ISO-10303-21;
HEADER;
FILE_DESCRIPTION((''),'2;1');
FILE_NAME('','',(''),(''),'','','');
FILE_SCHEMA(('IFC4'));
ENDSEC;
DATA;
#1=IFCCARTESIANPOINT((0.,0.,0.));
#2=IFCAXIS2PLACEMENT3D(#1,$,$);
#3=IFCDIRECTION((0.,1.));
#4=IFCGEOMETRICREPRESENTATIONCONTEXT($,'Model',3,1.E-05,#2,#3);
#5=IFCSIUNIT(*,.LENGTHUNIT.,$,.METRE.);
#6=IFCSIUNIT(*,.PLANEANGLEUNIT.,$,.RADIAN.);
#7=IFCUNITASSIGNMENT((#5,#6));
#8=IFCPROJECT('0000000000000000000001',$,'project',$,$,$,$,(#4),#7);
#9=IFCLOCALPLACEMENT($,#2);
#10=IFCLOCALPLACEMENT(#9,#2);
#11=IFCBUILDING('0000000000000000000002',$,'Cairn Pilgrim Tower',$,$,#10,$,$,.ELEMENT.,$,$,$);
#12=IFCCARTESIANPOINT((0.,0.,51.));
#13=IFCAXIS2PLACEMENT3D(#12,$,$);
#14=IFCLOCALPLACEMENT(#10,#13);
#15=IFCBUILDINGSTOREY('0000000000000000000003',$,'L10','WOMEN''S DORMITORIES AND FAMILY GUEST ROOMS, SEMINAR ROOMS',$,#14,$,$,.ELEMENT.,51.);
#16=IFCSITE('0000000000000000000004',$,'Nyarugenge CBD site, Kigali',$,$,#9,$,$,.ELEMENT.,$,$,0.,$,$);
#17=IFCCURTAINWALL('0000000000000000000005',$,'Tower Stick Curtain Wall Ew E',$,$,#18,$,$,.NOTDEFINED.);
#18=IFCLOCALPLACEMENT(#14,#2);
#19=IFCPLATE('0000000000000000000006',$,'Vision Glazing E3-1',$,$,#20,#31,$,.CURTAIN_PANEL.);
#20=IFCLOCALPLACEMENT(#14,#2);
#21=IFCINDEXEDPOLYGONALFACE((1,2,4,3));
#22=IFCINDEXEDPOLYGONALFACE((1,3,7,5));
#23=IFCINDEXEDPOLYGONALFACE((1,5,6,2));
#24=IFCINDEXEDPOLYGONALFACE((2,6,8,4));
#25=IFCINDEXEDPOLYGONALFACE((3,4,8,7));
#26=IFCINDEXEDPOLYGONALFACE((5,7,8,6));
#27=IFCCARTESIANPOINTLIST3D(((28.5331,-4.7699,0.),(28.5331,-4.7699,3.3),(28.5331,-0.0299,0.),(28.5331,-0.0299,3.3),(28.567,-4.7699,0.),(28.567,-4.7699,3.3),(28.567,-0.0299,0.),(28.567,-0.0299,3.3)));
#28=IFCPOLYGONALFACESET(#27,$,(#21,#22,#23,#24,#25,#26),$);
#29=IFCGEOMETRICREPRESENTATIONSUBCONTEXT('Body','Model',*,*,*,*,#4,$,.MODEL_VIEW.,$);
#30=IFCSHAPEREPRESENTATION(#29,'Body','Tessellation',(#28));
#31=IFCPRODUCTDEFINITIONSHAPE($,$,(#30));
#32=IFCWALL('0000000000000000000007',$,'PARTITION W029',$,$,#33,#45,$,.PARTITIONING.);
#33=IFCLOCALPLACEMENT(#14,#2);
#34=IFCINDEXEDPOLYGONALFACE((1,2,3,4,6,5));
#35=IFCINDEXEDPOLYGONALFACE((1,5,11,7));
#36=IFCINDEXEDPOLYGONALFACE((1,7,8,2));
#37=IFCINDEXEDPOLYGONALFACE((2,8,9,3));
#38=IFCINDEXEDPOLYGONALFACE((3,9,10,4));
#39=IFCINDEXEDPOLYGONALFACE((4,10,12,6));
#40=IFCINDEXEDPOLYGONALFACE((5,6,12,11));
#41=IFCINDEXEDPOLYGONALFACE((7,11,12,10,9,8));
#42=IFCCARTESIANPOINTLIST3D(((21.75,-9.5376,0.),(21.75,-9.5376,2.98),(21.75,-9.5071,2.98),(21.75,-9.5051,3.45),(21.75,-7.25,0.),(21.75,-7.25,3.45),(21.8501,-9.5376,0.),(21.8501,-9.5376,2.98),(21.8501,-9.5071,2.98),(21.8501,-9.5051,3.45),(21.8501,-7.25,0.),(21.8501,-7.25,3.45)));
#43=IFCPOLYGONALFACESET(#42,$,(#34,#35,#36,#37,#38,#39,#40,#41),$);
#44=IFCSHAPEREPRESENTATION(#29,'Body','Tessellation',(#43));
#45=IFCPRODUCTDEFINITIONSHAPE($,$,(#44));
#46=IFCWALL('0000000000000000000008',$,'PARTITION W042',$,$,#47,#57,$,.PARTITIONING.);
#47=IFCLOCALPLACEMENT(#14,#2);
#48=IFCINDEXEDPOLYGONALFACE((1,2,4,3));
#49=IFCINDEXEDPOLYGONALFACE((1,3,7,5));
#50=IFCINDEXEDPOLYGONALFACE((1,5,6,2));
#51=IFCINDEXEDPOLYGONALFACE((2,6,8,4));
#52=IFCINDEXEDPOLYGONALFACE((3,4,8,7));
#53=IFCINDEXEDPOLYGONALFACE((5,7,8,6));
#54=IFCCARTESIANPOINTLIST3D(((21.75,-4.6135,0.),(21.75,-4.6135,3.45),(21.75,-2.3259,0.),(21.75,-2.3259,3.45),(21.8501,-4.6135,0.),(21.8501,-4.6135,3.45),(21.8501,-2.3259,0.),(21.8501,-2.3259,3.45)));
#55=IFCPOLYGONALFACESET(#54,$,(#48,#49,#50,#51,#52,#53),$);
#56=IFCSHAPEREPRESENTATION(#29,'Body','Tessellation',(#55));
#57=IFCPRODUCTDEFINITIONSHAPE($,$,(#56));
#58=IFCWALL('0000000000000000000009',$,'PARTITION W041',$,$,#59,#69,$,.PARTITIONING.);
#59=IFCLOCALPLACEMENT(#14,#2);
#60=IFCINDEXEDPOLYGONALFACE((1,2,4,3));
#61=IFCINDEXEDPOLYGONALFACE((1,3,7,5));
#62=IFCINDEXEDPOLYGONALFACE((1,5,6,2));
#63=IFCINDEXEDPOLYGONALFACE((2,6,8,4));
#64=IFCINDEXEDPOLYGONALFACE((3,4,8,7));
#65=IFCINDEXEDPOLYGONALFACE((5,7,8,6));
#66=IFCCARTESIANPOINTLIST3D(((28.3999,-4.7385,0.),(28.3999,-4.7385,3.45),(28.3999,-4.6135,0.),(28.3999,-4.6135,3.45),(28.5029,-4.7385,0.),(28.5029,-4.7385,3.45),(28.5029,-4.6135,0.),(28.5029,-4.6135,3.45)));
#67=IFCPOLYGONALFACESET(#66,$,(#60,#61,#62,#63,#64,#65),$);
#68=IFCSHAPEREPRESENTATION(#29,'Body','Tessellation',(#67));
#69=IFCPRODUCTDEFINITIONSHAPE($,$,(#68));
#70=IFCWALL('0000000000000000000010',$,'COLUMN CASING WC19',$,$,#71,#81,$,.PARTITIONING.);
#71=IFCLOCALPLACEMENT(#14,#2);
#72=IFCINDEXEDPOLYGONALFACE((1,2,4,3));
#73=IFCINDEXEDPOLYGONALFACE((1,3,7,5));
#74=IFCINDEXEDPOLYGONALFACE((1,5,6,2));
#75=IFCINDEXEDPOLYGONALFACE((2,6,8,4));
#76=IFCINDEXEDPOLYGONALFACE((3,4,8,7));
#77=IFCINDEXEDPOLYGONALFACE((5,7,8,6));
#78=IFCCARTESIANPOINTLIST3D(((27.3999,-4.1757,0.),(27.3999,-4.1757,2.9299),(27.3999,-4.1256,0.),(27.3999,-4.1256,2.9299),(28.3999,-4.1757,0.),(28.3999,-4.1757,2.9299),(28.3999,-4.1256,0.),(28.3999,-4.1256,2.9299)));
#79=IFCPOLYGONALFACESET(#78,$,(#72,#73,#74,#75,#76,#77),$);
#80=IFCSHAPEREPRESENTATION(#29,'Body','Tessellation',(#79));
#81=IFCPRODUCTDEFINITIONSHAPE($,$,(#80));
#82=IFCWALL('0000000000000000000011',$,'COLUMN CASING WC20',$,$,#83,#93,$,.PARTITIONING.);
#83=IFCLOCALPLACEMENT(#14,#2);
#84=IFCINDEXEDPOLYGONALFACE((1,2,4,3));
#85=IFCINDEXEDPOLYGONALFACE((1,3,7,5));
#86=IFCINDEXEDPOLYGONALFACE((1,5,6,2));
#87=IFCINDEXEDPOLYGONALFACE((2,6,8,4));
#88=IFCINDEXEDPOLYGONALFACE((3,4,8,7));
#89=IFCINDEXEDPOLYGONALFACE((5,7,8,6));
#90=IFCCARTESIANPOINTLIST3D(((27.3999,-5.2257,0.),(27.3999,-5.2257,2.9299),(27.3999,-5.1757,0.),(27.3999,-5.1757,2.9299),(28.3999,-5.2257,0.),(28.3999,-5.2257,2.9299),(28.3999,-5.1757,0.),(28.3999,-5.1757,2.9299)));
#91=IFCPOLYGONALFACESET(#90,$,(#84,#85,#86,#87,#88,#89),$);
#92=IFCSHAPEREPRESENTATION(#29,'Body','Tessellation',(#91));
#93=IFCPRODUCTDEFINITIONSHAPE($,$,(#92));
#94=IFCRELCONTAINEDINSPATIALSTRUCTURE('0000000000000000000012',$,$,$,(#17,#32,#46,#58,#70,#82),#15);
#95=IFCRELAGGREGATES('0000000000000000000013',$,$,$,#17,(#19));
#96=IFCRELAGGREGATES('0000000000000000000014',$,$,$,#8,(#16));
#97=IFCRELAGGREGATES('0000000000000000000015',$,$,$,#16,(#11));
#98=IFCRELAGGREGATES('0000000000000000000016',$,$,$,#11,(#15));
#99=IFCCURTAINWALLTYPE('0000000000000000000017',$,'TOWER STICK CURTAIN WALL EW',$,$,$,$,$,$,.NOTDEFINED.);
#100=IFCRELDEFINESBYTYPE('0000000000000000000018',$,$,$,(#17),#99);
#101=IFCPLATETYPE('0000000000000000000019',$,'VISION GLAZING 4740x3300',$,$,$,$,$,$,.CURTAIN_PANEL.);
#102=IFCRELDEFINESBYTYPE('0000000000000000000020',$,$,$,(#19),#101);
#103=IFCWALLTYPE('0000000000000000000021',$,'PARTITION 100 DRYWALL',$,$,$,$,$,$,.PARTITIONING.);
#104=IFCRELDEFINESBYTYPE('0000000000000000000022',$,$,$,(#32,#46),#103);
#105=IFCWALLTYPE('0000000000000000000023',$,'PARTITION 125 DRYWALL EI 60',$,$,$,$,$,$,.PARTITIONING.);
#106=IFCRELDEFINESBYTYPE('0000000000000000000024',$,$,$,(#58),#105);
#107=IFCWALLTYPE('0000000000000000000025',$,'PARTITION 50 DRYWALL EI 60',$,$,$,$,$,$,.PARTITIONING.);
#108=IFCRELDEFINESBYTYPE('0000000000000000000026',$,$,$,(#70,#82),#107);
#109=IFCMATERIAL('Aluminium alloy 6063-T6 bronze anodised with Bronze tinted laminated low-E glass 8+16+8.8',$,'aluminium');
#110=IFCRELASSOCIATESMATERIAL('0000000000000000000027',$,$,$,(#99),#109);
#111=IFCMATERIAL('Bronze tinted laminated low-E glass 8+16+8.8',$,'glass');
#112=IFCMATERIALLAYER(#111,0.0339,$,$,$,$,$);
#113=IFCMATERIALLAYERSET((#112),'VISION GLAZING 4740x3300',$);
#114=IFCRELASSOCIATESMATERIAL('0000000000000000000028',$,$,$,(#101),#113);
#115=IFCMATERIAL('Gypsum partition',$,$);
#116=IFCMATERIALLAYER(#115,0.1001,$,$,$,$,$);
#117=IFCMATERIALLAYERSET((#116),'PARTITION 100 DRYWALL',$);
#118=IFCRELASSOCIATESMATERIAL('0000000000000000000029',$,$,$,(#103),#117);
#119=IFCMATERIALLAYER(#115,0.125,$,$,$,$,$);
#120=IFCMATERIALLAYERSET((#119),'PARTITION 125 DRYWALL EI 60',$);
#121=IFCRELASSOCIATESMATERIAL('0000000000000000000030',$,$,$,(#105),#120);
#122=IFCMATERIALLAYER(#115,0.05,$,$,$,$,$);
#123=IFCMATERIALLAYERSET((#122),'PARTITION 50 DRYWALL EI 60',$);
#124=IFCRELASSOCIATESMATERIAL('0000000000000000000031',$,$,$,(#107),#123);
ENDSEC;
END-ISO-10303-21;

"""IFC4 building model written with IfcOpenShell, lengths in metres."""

from ifc_helpers import new_model, si_unit, direction, frame, frame_2d, origin, origin_2d, place, context, subcontext, project, spatial, polyline, rectangle, outline, extrude, material, layer, layer_set, type_object, element, aggregate, save


model = new_model("IFC4")

# Units and contexts
model_context = context("Model", 3, precision=1e-05, world=origin(), true_north=direction((0.0, 1.0)))
body_context = subcontext(model_context, "Body", "Model", "MODEL_VIEW")
ifc_project = project(units=[si_unit("LENGTHUNIT", "METRE"), si_unit("PLANEANGLEUNIT", "RADIAN")], contexts=[model_context])

# Site, building, storey
site_placement = place(None, origin())
site = spatial("IfcSite", under=ifc_project, at=site_placement, Name="Nyarugenge CBD site, Kigali", CompositionType="ELEMENT", RefElevation=0.0)
building_placement = place(site_placement, origin())
building = spatial("IfcBuilding", under=site, at=building_placement, Name="Cairn Pilgrim Tower", CompositionType="ELEMENT")
storey_placement = place(building_placement, frame((0.0, 0.0, 51.0)))
storey = spatial("IfcBuildingStorey", under=building, at=storey_placement, Name="L10", Description="WOMEN'S DORMITORIES AND FAMILY GUEST ROOMS, SEMINAR ROOMS", CompositionType="ELEMENT", Elevation=51.0)

# Curtain wall
ifc_material_1 = material(Name="Aluminium alloy 6063-T6 bronze anodised with Bronze tinted laminated low-E glass 8+16+8.8", Category="aluminium")
curtain_wall_type = type_object("IfcCurtainWallType", Name="TOWER STICK CURTAIN WALL EW", PredefinedType="NOTDEFINED", material=ifc_material_1)
curtain_wall_placement = place(storey_placement, origin())
curtain_wall = element("IfcCurtainWall", 1, at=curtain_wall_placement, inside=storey, type_object=curtain_wall_type, Name="Tower Stick Curtain Wall Ew E", PredefinedType="NOTDEFINED")

# Plate
ifc_material_2 = material(Name="Bronze tinted laminated low-E glass 8+16+8.8", Category="glass")
ifc_layer_1 = layer(ifc_material_2, 0.0339)
ifc_layer_set_1 = layer_set([ifc_layer_1], Name="VISION GLAZING 4740x3300")
plate_type = type_object("IfcPlateType", Name="VISION GLAZING 4740x3300", PredefinedType="CURTAIN_PANEL", material=ifc_layer_set_1)
plate_placement = place(storey_placement, frame((28.55, -2.3999, 0.0), z_axis=(0.0, 0.0, 1.0), x_axis=(0.0, 1.0, 0.0)))
plate = element("IfcPlate", 2, at=plate_placement, type_object=plate_type, Name="Vision Glazing E3-1", PredefinedType="CURTAIN_PANEL", context=body_context, shape_type="SweptSolid", body=[
    extrude(rectangle(XDim=4.74, YDim=0.0339, at=origin_2d()), origin(), (0.0, 0.0, 1.0), 3.3),
])
aggregate(curtain_wall, [plate])

# Walls
ifc_material_3 = material(Name="Gypsum partition")
ifc_layer_2 = layer(ifc_material_3, 0.1001)
ifc_layer_set_2 = layer_set([ifc_layer_2], Name="PARTITION 100 DRYWALL")
wall_type_1 = type_object("IfcWallType", Name="PARTITION 100 DRYWALL", PredefinedType="PARTITIONING", material=ifc_layer_set_2)
wall_1_placement = place(storey_placement, frame((21.8, -9.5376, 0.0), z_axis=(0.0, 0.0, 1.0), x_axis=(0.0, 1.0, 0.0)))
element("IfcWall", 3, at=wall_1_placement, inside=storey, type_object=wall_type_1, Name="PARTITION W029", PredefinedType="PARTITIONING", context=body_context, shape_type="SweptSolid", body=[
    extrude(outline(polyline([(0.0, 0.0), (2.2876, 0.0), (2.2876, 3.45), (0.0325, 3.45), (0.0305, 2.98), (0.0, 2.98), (0.0, 0.0)])), frame((0.0, 0.05, 0.0), z_axis=(0.0, -1.0, 0.0), x_axis=(1.0, 0.0, 0.0)), (0.0, 0.0, 1.0), 0.1001),
])
wall_2_placement = place(storey_placement, frame((21.8, -4.6135, 0.0), z_axis=(0.0, 0.0, 1.0), x_axis=(0.0, 1.0, 0.0)))
element("IfcWall", 4, at=wall_2_placement, inside=storey, type_object=wall_type_1, Name="PARTITION W042", PredefinedType="PARTITIONING", context=body_context, shape_type="SweptSolid", body=[
    extrude(rectangle(XDim=2.2876, YDim=0.1001, at=frame_2d((1.1438, 0.0))), origin(), (0.0, 0.0, 1.0), 3.45),
])
ifc_layer_3 = layer(ifc_material_3, 0.125)
ifc_layer_set_3 = layer_set([ifc_layer_3], Name="PARTITION 125 DRYWALL EI 60")
wall_type_2 = type_object("IfcWallType", Name="PARTITION 125 DRYWALL EI 60", PredefinedType="PARTITIONING", material=ifc_layer_set_3)
wall_3_placement = place(storey_placement, frame((28.3999, -4.676, 0.0), z_axis=(0.0, 0.0, 1.0), x_axis=(1.0, 0.0, 0.0)))
element("IfcWall", 5, at=wall_3_placement, inside=storey, type_object=wall_type_2, Name="PARTITION W041", PredefinedType="PARTITIONING", context=body_context, shape_type="SweptSolid", body=[
    extrude(rectangle(XDim=0.103, YDim=0.125, at=frame_2d((0.0515, 0.0))), origin(), (0.0, 0.0, 1.0), 3.45),
])
ifc_layer_4 = layer(ifc_material_3, 0.05)
ifc_layer_set_4 = layer_set([ifc_layer_4], Name="PARTITION 50 DRYWALL EI 60")
wall_type_3 = type_object("IfcWallType", Name="PARTITION 50 DRYWALL EI 60", PredefinedType="PARTITIONING", material=ifc_layer_set_4)
for number, where, z_axis, x_axis, name in (
    (6, (27.3999, -4.1506, 0.0), (0.0, 0.0, 1.0), (1.0, 0.0, 0.0), "COLUMN CASING WC19"),
    (7, (27.3999, -5.2007, 0.0), (0.0, 0.0, 1.0), (1.0, 0.0, 0.0), "COLUMN CASING WC20"),
):
    element("IfcWall", number, at=place(storey_placement, frame(where, z_axis=z_axis, x_axis=x_axis)), inside=storey, type_object=wall_type_3, Name=name, PredefinedType="PARTITIONING", context=body_context, shape_type="SweptSolid", body=[
        extrude(rectangle(XDim=1.0, YDim=0.05, at=frame_2d((0.5, 0.0))), origin(), (0.0, 0.0, 1.0), 2.9299),
    ])

save(model, "model.ifc")
